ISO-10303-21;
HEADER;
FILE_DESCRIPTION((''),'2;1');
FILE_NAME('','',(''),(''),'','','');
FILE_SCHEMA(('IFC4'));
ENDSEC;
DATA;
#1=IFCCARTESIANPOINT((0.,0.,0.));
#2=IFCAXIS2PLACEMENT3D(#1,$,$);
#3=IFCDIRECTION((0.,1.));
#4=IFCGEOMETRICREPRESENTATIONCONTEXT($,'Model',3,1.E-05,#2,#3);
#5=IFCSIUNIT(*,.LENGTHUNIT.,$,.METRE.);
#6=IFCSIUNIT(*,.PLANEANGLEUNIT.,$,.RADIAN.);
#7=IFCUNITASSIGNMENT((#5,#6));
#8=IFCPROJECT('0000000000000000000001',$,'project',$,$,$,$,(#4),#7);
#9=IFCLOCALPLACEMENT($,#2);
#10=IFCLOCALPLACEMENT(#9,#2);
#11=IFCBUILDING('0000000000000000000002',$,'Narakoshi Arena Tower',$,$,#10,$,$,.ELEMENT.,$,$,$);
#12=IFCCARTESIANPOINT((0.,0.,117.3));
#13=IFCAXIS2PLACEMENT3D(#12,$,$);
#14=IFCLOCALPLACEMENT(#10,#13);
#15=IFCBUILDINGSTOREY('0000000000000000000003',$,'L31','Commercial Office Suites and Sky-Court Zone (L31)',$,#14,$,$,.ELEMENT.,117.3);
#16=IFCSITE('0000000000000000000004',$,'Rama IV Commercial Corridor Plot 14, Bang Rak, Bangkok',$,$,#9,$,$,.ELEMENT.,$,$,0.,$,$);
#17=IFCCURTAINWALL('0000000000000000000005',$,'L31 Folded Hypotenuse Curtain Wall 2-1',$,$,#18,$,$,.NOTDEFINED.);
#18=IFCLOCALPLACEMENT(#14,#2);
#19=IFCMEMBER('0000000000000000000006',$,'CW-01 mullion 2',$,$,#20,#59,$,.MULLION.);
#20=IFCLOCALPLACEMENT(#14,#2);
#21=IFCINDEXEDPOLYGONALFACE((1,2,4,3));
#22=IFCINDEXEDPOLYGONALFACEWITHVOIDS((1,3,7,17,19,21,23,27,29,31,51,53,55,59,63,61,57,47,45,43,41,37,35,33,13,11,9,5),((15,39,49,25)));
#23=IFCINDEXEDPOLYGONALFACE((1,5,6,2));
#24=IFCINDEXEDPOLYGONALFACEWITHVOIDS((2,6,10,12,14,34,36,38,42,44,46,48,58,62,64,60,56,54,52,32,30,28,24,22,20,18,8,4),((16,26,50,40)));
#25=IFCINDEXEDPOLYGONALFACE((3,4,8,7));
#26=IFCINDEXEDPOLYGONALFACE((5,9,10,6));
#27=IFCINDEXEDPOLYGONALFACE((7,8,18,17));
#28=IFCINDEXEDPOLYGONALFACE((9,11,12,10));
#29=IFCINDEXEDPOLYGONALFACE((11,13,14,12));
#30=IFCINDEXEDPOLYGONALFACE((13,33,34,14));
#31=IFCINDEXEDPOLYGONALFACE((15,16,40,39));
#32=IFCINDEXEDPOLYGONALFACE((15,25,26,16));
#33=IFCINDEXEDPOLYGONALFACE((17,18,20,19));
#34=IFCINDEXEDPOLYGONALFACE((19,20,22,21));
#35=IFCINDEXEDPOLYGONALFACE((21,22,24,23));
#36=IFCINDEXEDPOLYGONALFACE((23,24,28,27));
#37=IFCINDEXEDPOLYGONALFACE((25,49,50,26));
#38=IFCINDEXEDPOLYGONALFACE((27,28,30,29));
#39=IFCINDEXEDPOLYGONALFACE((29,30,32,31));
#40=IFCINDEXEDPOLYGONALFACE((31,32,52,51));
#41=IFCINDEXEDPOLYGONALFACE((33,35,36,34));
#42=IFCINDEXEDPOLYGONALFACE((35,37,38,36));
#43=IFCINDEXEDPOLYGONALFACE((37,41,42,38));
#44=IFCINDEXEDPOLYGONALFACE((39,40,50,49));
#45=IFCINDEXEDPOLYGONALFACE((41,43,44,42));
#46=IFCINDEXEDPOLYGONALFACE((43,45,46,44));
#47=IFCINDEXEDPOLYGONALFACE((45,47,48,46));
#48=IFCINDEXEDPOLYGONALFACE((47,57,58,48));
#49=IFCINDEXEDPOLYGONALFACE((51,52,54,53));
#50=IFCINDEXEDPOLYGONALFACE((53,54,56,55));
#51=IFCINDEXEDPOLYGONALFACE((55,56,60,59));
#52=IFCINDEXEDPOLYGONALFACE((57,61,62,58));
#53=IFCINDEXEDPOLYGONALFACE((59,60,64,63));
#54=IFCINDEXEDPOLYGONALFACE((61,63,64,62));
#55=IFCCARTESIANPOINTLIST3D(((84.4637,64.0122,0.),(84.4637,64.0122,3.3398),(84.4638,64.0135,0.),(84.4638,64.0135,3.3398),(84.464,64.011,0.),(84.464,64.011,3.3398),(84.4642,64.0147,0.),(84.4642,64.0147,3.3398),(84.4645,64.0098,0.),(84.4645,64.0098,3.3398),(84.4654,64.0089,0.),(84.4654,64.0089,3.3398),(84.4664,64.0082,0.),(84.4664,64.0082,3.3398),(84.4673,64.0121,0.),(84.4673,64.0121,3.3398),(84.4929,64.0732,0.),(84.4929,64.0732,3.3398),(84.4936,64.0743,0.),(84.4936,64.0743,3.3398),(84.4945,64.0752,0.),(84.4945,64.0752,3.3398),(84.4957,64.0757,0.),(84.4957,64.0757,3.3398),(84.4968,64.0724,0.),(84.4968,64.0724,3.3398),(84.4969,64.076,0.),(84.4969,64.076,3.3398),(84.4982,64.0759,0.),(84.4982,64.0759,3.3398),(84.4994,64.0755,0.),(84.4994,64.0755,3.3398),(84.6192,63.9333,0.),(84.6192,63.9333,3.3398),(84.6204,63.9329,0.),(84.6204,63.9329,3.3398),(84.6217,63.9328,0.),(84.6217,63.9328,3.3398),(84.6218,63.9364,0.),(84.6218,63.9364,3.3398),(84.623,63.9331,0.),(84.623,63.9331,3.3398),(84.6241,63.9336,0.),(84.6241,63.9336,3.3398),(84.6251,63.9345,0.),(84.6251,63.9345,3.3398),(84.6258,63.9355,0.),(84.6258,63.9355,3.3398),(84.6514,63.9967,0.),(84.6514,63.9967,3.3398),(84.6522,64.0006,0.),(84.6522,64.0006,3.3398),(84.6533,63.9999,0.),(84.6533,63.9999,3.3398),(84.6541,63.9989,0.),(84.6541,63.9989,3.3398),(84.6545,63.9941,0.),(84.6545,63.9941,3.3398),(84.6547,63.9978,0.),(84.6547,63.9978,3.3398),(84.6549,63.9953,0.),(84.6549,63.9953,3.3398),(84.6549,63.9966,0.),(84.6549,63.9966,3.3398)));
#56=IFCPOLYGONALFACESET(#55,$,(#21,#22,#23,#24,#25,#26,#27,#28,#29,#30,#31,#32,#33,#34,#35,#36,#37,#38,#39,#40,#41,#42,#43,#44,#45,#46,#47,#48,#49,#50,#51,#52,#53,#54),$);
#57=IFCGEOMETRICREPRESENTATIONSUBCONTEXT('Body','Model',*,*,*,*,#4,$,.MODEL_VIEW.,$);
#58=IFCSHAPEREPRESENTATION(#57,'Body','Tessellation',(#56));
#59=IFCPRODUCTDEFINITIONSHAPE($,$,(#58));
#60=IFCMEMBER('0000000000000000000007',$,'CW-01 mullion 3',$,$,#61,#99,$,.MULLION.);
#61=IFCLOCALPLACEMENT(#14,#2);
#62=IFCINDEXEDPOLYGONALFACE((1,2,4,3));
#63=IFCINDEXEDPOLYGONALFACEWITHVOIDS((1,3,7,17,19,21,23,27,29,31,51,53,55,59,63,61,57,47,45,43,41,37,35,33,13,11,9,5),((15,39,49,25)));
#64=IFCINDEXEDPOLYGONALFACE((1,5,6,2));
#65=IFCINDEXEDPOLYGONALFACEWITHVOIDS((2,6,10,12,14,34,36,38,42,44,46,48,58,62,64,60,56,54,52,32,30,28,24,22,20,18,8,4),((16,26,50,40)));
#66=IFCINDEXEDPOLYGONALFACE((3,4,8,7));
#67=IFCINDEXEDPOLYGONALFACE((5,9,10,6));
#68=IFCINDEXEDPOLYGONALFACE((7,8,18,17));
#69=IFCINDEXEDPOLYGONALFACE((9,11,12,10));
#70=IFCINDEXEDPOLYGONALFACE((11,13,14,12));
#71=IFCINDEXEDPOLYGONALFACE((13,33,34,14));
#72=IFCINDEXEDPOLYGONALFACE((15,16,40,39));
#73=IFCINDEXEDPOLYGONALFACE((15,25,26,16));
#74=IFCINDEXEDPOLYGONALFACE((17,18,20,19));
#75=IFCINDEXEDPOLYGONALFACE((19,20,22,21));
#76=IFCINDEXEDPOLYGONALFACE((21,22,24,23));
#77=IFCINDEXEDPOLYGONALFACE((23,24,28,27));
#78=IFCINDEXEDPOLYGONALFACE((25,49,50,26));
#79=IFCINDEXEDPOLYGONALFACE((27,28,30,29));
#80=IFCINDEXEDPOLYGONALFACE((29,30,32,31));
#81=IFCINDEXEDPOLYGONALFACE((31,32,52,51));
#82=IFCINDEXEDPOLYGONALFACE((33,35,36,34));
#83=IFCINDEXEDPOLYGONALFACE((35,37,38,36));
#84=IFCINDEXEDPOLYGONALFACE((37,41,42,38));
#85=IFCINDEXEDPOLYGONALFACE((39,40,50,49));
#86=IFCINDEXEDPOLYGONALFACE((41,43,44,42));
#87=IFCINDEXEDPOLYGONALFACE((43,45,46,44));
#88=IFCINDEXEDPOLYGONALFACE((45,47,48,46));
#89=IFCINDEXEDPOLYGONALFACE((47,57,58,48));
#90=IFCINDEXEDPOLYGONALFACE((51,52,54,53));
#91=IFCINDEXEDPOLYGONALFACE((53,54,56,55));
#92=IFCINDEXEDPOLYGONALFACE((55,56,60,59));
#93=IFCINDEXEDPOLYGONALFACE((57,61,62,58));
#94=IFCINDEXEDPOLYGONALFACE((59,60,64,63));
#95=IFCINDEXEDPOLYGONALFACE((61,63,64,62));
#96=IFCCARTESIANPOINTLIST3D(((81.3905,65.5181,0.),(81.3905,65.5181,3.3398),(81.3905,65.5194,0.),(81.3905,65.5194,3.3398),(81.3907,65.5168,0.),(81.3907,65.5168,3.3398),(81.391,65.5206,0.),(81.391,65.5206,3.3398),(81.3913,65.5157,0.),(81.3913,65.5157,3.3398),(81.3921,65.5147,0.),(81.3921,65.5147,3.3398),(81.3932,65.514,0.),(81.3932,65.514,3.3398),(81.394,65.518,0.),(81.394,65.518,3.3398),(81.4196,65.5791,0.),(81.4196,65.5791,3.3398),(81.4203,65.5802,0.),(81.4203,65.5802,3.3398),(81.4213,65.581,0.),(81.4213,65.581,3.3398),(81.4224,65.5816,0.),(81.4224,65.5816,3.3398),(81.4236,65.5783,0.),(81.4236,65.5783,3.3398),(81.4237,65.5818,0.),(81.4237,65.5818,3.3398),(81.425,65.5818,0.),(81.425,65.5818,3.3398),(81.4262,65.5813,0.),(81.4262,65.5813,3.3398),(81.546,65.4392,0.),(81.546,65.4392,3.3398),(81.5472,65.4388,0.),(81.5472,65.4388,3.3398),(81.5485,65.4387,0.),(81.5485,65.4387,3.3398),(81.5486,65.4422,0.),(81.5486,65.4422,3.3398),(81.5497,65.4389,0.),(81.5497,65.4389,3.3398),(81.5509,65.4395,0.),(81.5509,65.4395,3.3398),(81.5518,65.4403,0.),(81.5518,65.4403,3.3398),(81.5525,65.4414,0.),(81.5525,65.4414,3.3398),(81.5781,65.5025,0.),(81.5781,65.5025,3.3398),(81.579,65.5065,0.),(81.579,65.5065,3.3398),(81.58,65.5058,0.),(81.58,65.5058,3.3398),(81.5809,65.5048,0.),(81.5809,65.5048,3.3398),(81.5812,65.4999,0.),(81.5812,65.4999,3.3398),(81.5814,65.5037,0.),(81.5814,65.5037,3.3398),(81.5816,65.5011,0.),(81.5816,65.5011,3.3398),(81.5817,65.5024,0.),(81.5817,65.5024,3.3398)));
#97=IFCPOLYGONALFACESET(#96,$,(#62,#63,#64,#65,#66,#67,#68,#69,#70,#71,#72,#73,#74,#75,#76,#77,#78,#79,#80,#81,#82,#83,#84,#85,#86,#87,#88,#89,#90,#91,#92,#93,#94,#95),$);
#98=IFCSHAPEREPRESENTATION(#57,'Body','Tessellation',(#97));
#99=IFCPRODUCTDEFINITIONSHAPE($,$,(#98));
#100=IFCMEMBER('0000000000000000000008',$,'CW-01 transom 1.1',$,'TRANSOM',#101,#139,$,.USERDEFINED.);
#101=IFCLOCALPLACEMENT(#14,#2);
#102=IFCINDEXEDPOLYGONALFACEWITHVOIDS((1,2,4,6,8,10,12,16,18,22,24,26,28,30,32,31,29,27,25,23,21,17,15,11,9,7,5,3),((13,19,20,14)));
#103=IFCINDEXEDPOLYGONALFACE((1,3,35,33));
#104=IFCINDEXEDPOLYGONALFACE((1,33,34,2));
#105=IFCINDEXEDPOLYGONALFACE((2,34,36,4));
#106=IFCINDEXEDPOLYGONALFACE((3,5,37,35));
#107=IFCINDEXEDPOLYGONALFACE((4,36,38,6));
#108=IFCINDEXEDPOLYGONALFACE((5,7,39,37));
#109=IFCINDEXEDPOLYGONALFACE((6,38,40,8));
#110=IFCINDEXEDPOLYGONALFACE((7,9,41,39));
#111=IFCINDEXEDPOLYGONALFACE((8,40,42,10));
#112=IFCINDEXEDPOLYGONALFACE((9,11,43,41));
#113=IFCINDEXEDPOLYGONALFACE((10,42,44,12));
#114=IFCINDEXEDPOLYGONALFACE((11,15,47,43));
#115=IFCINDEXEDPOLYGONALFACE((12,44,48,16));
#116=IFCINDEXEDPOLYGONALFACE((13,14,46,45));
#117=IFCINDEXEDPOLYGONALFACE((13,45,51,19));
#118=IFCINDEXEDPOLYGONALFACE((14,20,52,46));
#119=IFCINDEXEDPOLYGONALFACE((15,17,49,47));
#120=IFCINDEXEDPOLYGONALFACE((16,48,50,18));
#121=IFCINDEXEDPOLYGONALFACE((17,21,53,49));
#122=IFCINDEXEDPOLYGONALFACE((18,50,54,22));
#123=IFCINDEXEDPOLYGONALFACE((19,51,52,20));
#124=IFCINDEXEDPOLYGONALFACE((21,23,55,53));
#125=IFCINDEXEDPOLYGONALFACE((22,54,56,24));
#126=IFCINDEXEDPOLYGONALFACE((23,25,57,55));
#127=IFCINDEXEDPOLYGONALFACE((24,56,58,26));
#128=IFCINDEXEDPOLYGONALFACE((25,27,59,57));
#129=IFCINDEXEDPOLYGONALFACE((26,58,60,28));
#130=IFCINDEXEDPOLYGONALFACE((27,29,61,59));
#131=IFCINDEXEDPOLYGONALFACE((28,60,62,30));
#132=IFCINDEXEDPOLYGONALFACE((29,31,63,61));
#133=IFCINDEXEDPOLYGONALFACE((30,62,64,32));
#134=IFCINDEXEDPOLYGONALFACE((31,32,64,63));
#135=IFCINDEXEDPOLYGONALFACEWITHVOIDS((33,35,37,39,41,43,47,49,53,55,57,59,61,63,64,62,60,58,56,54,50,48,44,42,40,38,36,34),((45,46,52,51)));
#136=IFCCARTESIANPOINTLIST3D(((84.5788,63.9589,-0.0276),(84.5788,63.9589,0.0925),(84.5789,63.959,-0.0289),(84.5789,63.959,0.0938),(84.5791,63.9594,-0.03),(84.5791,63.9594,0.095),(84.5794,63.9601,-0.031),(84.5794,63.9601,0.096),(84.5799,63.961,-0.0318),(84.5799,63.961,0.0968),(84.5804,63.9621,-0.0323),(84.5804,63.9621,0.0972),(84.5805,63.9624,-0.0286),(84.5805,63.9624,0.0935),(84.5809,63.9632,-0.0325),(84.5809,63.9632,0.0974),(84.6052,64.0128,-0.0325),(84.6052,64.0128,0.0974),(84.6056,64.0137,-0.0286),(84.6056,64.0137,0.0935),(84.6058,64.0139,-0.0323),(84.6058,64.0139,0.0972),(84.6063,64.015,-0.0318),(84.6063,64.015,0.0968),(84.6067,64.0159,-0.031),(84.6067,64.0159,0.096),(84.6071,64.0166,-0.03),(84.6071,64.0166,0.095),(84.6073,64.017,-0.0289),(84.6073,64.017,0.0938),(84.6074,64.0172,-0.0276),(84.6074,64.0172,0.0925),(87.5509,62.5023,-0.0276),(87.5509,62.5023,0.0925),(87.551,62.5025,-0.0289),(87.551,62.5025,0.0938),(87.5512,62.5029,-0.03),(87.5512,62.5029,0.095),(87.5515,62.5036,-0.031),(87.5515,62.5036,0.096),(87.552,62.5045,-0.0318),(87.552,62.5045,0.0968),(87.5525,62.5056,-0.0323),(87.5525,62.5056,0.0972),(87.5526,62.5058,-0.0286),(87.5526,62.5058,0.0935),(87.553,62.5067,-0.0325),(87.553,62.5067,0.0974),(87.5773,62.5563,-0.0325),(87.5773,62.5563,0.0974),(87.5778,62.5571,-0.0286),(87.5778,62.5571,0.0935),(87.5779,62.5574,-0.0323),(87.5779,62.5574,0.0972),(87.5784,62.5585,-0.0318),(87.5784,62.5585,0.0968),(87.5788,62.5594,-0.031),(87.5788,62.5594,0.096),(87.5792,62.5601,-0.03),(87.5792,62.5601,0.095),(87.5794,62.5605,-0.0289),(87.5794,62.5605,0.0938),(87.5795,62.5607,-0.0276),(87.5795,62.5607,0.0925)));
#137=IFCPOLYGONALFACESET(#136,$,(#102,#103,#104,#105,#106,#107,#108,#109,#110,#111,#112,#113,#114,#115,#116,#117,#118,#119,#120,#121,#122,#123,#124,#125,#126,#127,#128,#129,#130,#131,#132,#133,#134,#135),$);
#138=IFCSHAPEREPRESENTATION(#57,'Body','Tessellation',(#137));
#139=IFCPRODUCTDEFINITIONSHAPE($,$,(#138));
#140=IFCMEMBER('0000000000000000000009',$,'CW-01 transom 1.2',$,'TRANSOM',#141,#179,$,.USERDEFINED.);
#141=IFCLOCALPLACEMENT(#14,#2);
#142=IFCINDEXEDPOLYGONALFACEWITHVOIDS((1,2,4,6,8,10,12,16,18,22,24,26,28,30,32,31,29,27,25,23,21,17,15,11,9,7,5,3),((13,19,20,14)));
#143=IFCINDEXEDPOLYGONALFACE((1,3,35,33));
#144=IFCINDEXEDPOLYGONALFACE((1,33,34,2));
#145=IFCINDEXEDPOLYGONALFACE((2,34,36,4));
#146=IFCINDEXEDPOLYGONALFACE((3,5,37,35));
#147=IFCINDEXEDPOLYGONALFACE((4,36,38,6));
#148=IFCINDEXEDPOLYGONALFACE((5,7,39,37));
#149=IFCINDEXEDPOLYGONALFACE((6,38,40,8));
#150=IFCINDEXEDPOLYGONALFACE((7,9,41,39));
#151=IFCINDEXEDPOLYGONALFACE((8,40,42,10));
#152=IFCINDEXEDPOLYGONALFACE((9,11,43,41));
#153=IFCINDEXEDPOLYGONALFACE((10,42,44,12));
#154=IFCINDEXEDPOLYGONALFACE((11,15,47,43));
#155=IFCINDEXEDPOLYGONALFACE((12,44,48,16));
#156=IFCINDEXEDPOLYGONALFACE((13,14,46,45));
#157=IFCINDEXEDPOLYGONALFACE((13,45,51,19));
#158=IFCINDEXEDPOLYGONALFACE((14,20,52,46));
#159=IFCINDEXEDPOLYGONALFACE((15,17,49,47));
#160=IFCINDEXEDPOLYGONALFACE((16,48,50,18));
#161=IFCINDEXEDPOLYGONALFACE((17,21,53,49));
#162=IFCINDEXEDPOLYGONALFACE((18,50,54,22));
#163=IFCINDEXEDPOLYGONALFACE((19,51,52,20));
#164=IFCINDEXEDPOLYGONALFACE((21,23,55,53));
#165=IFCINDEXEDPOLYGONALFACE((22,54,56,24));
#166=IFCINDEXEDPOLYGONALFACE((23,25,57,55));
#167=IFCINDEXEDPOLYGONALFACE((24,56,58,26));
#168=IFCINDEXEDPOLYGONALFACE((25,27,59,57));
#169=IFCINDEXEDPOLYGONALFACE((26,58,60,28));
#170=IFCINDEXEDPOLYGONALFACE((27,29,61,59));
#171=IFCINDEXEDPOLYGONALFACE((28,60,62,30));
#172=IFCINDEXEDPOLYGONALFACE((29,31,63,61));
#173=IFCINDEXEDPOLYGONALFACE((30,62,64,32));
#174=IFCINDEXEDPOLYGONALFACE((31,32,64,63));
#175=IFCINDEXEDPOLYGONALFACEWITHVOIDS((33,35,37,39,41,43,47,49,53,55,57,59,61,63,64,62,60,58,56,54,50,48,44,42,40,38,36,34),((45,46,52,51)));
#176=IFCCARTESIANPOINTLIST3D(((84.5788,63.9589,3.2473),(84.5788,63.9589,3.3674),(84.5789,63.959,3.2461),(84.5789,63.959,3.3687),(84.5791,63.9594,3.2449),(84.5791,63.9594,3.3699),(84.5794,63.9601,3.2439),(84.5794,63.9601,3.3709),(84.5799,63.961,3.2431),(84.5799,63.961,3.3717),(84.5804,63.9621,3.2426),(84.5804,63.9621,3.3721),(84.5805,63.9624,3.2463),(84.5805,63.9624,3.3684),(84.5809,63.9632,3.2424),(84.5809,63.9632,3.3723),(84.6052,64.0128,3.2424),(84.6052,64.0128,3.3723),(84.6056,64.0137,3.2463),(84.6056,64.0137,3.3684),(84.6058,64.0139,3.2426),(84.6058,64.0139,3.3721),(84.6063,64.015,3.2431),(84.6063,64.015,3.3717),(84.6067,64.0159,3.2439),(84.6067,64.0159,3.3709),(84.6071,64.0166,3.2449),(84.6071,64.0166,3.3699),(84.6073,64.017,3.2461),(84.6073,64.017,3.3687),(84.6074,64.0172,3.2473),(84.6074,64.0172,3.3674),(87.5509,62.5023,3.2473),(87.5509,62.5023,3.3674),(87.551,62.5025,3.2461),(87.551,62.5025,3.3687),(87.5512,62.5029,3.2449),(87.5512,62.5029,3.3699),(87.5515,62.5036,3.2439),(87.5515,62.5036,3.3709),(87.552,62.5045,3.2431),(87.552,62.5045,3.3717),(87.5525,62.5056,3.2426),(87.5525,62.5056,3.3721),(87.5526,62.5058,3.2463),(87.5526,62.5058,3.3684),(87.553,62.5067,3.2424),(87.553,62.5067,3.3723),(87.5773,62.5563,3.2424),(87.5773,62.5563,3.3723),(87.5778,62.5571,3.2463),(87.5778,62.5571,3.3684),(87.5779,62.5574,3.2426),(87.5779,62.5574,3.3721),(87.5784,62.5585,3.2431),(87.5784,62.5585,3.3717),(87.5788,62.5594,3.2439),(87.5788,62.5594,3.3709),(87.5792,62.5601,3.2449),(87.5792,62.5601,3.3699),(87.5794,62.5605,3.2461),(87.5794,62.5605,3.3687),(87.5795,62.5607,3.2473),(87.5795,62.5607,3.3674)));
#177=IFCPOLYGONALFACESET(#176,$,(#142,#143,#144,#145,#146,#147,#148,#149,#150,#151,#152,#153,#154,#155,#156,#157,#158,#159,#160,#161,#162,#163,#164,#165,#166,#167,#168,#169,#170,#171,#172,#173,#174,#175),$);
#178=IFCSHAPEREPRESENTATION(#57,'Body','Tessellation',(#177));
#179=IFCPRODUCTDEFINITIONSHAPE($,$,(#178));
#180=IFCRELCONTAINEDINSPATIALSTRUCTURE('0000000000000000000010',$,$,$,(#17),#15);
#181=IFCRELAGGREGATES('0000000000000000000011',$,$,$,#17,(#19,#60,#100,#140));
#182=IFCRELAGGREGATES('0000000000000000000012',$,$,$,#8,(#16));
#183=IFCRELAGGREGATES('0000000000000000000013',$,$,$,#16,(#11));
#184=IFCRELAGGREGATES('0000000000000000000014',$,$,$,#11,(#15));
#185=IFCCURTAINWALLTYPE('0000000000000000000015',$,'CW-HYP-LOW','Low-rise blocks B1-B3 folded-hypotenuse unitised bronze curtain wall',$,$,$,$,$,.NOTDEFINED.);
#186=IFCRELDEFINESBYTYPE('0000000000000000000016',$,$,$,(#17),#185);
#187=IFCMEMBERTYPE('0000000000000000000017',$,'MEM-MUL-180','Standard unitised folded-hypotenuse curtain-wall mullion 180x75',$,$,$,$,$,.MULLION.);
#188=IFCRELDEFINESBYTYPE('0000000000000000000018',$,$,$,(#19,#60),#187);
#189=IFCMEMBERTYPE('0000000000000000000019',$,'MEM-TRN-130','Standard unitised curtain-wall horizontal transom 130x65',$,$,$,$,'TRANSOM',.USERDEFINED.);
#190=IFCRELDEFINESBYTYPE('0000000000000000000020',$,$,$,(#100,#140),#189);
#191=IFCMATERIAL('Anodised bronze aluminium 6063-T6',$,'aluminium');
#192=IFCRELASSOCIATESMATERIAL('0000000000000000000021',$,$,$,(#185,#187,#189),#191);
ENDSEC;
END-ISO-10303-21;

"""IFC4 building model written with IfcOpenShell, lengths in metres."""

from ifc_helpers import new_model, si_unit, direction, frame, origin, origin_2d, place, context, subcontext, project, spatial, hollow_rectangle, extrude, material, material_profile, profile_set, type_object, element, aggregate, save


model = new_model("IFC4")

# Units and contexts
model_context = context("Model", 3, precision=1e-05, world=origin(), true_north=direction((0.0, 1.0)))
body_context = subcontext(model_context, "Body", "Model", "MODEL_VIEW")
ifc_project = project(units=[si_unit("LENGTHUNIT", "METRE"), si_unit("PLANEANGLEUNIT", "RADIAN")], contexts=[model_context])

# Site, building, storey
site_placement = place(None, origin())
site = spatial("IfcSite", under=ifc_project, at=site_placement, Name="Rama IV Commercial Corridor Plot 14, Bang Rak, Bangkok", CompositionType="ELEMENT", RefElevation=0.0)
building_placement = place(site_placement, origin())
building = spatial("IfcBuilding", under=site, at=building_placement, Name="Narakoshi Arena Tower", CompositionType="ELEMENT")
storey_placement = place(building_placement, frame((0.0, 0.0, 117.3)))
storey = spatial("IfcBuildingStorey", under=building, at=storey_placement, Name="L31", Description="Commercial Office Suites and Sky-Court Zone (L31)", CompositionType="ELEMENT", Elevation=117.3)

# Curtain wall, members
ifc_material_1 = material(Name="Anodised bronze aluminium 6063-T6", Category="aluminium")
curtain_wall_type = type_object("IfcCurtainWallType", Name="CW-HYP-LOW", Description="Low-rise blocks B1-B3 folded-hypotenuse unitised bronze curtain wall", PredefinedType="NOTDEFINED", material=ifc_material_1)
curtain_wall_placement = place(storey_placement, origin())
curtain_wall = element("IfcCurtainWall", 1, at=curtain_wall_placement, inside=storey, type_object=curtain_wall_type, Name="L31 Folded Hypotenuse Curtain Wall 2-1", PredefinedType="NOTDEFINED")
ifc_material_profile_1 = material_profile(ifc_material_1, hollow_rectangle(XDim=0.075, YDim=0.1799, WallThickness=0.0039, OuterFilletRadius=0.0049, at=origin_2d()), Name="MUL180x75x4")
ifc_profile_set_1 = profile_set([ifc_material_profile_1], Name="Anodised bronze aluminium 6063-T6")
member_type_1 = type_object("IfcMemberType", Name="MEM-MUL-180", Description="Standard unitised folded-hypotenuse curtain-wall mullion 180x75", PredefinedType="MULLION", material=ifc_profile_set_1)
member_1_placement = place(storey_placement, frame((84.5593, 64.0044, 0.0), z_axis=(0.0, 0.0, 1.0), x_axis=(-0.440005, -0.897996, 0.0)))
member_1 = element("IfcMember", 2, at=member_1_placement, type_object=member_type_1, Name="CW-01 mullion 2", PredefinedType="MULLION", context=body_context, shape_type="SweptSolid", body=[
    extrude(hollow_rectangle(XDim=0.075, YDim=0.1799, WallThickness=0.0039, OuterFilletRadius=0.0049, at=origin_2d()), origin(), (0.0, 0.0, 1.0), 3.3398),
])
member_2_placement = place(storey_placement, frame((81.4861, 65.5103, 0.0), z_axis=(0.0, 0.0, 1.0), x_axis=(-0.440005, -0.897996, 0.0)))
member_2 = element("IfcMember", 3, at=member_2_placement, type_object=member_type_1, Name="CW-01 mullion 3", PredefinedType="MULLION", context=body_context, shape_type="SweptSolid", body=[
    extrude(hollow_rectangle(XDim=0.075, YDim=0.1799, WallThickness=0.0039, OuterFilletRadius=0.0049, at=origin_2d()), origin(), (0.0, 0.0, 1.0), 3.3398),
])
ifc_material_profile_2 = material_profile(ifc_material_1, hollow_rectangle(XDim=0.0649, YDim=0.1299, WallThickness=0.0039, OuterFilletRadius=0.0049, at=origin_2d()), Name="TRN130x65x4")
ifc_profile_set_2 = profile_set([ifc_material_profile_2], Name="Anodised bronze aluminium 6063-T6")
member_type_2 = type_object("IfcMemberType", Name="MEM-TRN-130", Description="Standard unitised curtain-wall horizontal transom 130x65", ElementType="TRANSOM", PredefinedType="USERDEFINED", material=ifc_profile_set_2)
member_3_placement = place(storey_placement, frame((87.5652, 62.5315, 0.0325), z_axis=(-0.897969, 0.440059, 0.0), x_axis=(-0.440059, -0.897969, 0.0)))
member_3 = element("IfcMember", 4, at=member_3_placement, type_object=member_type_2, Name="CW-01 transom 1.1", ObjectType="TRANSOM", PredefinedType="USERDEFINED", context=body_context, shape_type="SweptSolid", body=[
    extrude(hollow_rectangle(XDim=0.0649, YDim=0.1299, WallThickness=0.0039, OuterFilletRadius=0.0049, at=origin_2d()), origin(), (0.0, 0.0, 1.0), 3.3098),
])
member_4_placement = place(storey_placement, frame((87.5652, 62.5315, 3.3074), z_axis=(-0.897969, 0.440059, 0.0), x_axis=(-0.440059, -0.897969, 0.0)))
member_4 = element("IfcMember", 5, at=member_4_placement, type_object=member_type_2, Name="CW-01 transom 1.2", ObjectType="TRANSOM", PredefinedType="USERDEFINED", context=body_context, shape_type="SweptSolid", body=[
    extrude(hollow_rectangle(XDim=0.0649, YDim=0.1299, WallThickness=0.0039, OuterFilletRadius=0.0049, at=origin_2d()), origin(), (0.0, 0.0, 1.0), 3.3098),
])
aggregate(curtain_wall, [member_1, member_2, member_3, member_4])

save(model, "model.ifc")
